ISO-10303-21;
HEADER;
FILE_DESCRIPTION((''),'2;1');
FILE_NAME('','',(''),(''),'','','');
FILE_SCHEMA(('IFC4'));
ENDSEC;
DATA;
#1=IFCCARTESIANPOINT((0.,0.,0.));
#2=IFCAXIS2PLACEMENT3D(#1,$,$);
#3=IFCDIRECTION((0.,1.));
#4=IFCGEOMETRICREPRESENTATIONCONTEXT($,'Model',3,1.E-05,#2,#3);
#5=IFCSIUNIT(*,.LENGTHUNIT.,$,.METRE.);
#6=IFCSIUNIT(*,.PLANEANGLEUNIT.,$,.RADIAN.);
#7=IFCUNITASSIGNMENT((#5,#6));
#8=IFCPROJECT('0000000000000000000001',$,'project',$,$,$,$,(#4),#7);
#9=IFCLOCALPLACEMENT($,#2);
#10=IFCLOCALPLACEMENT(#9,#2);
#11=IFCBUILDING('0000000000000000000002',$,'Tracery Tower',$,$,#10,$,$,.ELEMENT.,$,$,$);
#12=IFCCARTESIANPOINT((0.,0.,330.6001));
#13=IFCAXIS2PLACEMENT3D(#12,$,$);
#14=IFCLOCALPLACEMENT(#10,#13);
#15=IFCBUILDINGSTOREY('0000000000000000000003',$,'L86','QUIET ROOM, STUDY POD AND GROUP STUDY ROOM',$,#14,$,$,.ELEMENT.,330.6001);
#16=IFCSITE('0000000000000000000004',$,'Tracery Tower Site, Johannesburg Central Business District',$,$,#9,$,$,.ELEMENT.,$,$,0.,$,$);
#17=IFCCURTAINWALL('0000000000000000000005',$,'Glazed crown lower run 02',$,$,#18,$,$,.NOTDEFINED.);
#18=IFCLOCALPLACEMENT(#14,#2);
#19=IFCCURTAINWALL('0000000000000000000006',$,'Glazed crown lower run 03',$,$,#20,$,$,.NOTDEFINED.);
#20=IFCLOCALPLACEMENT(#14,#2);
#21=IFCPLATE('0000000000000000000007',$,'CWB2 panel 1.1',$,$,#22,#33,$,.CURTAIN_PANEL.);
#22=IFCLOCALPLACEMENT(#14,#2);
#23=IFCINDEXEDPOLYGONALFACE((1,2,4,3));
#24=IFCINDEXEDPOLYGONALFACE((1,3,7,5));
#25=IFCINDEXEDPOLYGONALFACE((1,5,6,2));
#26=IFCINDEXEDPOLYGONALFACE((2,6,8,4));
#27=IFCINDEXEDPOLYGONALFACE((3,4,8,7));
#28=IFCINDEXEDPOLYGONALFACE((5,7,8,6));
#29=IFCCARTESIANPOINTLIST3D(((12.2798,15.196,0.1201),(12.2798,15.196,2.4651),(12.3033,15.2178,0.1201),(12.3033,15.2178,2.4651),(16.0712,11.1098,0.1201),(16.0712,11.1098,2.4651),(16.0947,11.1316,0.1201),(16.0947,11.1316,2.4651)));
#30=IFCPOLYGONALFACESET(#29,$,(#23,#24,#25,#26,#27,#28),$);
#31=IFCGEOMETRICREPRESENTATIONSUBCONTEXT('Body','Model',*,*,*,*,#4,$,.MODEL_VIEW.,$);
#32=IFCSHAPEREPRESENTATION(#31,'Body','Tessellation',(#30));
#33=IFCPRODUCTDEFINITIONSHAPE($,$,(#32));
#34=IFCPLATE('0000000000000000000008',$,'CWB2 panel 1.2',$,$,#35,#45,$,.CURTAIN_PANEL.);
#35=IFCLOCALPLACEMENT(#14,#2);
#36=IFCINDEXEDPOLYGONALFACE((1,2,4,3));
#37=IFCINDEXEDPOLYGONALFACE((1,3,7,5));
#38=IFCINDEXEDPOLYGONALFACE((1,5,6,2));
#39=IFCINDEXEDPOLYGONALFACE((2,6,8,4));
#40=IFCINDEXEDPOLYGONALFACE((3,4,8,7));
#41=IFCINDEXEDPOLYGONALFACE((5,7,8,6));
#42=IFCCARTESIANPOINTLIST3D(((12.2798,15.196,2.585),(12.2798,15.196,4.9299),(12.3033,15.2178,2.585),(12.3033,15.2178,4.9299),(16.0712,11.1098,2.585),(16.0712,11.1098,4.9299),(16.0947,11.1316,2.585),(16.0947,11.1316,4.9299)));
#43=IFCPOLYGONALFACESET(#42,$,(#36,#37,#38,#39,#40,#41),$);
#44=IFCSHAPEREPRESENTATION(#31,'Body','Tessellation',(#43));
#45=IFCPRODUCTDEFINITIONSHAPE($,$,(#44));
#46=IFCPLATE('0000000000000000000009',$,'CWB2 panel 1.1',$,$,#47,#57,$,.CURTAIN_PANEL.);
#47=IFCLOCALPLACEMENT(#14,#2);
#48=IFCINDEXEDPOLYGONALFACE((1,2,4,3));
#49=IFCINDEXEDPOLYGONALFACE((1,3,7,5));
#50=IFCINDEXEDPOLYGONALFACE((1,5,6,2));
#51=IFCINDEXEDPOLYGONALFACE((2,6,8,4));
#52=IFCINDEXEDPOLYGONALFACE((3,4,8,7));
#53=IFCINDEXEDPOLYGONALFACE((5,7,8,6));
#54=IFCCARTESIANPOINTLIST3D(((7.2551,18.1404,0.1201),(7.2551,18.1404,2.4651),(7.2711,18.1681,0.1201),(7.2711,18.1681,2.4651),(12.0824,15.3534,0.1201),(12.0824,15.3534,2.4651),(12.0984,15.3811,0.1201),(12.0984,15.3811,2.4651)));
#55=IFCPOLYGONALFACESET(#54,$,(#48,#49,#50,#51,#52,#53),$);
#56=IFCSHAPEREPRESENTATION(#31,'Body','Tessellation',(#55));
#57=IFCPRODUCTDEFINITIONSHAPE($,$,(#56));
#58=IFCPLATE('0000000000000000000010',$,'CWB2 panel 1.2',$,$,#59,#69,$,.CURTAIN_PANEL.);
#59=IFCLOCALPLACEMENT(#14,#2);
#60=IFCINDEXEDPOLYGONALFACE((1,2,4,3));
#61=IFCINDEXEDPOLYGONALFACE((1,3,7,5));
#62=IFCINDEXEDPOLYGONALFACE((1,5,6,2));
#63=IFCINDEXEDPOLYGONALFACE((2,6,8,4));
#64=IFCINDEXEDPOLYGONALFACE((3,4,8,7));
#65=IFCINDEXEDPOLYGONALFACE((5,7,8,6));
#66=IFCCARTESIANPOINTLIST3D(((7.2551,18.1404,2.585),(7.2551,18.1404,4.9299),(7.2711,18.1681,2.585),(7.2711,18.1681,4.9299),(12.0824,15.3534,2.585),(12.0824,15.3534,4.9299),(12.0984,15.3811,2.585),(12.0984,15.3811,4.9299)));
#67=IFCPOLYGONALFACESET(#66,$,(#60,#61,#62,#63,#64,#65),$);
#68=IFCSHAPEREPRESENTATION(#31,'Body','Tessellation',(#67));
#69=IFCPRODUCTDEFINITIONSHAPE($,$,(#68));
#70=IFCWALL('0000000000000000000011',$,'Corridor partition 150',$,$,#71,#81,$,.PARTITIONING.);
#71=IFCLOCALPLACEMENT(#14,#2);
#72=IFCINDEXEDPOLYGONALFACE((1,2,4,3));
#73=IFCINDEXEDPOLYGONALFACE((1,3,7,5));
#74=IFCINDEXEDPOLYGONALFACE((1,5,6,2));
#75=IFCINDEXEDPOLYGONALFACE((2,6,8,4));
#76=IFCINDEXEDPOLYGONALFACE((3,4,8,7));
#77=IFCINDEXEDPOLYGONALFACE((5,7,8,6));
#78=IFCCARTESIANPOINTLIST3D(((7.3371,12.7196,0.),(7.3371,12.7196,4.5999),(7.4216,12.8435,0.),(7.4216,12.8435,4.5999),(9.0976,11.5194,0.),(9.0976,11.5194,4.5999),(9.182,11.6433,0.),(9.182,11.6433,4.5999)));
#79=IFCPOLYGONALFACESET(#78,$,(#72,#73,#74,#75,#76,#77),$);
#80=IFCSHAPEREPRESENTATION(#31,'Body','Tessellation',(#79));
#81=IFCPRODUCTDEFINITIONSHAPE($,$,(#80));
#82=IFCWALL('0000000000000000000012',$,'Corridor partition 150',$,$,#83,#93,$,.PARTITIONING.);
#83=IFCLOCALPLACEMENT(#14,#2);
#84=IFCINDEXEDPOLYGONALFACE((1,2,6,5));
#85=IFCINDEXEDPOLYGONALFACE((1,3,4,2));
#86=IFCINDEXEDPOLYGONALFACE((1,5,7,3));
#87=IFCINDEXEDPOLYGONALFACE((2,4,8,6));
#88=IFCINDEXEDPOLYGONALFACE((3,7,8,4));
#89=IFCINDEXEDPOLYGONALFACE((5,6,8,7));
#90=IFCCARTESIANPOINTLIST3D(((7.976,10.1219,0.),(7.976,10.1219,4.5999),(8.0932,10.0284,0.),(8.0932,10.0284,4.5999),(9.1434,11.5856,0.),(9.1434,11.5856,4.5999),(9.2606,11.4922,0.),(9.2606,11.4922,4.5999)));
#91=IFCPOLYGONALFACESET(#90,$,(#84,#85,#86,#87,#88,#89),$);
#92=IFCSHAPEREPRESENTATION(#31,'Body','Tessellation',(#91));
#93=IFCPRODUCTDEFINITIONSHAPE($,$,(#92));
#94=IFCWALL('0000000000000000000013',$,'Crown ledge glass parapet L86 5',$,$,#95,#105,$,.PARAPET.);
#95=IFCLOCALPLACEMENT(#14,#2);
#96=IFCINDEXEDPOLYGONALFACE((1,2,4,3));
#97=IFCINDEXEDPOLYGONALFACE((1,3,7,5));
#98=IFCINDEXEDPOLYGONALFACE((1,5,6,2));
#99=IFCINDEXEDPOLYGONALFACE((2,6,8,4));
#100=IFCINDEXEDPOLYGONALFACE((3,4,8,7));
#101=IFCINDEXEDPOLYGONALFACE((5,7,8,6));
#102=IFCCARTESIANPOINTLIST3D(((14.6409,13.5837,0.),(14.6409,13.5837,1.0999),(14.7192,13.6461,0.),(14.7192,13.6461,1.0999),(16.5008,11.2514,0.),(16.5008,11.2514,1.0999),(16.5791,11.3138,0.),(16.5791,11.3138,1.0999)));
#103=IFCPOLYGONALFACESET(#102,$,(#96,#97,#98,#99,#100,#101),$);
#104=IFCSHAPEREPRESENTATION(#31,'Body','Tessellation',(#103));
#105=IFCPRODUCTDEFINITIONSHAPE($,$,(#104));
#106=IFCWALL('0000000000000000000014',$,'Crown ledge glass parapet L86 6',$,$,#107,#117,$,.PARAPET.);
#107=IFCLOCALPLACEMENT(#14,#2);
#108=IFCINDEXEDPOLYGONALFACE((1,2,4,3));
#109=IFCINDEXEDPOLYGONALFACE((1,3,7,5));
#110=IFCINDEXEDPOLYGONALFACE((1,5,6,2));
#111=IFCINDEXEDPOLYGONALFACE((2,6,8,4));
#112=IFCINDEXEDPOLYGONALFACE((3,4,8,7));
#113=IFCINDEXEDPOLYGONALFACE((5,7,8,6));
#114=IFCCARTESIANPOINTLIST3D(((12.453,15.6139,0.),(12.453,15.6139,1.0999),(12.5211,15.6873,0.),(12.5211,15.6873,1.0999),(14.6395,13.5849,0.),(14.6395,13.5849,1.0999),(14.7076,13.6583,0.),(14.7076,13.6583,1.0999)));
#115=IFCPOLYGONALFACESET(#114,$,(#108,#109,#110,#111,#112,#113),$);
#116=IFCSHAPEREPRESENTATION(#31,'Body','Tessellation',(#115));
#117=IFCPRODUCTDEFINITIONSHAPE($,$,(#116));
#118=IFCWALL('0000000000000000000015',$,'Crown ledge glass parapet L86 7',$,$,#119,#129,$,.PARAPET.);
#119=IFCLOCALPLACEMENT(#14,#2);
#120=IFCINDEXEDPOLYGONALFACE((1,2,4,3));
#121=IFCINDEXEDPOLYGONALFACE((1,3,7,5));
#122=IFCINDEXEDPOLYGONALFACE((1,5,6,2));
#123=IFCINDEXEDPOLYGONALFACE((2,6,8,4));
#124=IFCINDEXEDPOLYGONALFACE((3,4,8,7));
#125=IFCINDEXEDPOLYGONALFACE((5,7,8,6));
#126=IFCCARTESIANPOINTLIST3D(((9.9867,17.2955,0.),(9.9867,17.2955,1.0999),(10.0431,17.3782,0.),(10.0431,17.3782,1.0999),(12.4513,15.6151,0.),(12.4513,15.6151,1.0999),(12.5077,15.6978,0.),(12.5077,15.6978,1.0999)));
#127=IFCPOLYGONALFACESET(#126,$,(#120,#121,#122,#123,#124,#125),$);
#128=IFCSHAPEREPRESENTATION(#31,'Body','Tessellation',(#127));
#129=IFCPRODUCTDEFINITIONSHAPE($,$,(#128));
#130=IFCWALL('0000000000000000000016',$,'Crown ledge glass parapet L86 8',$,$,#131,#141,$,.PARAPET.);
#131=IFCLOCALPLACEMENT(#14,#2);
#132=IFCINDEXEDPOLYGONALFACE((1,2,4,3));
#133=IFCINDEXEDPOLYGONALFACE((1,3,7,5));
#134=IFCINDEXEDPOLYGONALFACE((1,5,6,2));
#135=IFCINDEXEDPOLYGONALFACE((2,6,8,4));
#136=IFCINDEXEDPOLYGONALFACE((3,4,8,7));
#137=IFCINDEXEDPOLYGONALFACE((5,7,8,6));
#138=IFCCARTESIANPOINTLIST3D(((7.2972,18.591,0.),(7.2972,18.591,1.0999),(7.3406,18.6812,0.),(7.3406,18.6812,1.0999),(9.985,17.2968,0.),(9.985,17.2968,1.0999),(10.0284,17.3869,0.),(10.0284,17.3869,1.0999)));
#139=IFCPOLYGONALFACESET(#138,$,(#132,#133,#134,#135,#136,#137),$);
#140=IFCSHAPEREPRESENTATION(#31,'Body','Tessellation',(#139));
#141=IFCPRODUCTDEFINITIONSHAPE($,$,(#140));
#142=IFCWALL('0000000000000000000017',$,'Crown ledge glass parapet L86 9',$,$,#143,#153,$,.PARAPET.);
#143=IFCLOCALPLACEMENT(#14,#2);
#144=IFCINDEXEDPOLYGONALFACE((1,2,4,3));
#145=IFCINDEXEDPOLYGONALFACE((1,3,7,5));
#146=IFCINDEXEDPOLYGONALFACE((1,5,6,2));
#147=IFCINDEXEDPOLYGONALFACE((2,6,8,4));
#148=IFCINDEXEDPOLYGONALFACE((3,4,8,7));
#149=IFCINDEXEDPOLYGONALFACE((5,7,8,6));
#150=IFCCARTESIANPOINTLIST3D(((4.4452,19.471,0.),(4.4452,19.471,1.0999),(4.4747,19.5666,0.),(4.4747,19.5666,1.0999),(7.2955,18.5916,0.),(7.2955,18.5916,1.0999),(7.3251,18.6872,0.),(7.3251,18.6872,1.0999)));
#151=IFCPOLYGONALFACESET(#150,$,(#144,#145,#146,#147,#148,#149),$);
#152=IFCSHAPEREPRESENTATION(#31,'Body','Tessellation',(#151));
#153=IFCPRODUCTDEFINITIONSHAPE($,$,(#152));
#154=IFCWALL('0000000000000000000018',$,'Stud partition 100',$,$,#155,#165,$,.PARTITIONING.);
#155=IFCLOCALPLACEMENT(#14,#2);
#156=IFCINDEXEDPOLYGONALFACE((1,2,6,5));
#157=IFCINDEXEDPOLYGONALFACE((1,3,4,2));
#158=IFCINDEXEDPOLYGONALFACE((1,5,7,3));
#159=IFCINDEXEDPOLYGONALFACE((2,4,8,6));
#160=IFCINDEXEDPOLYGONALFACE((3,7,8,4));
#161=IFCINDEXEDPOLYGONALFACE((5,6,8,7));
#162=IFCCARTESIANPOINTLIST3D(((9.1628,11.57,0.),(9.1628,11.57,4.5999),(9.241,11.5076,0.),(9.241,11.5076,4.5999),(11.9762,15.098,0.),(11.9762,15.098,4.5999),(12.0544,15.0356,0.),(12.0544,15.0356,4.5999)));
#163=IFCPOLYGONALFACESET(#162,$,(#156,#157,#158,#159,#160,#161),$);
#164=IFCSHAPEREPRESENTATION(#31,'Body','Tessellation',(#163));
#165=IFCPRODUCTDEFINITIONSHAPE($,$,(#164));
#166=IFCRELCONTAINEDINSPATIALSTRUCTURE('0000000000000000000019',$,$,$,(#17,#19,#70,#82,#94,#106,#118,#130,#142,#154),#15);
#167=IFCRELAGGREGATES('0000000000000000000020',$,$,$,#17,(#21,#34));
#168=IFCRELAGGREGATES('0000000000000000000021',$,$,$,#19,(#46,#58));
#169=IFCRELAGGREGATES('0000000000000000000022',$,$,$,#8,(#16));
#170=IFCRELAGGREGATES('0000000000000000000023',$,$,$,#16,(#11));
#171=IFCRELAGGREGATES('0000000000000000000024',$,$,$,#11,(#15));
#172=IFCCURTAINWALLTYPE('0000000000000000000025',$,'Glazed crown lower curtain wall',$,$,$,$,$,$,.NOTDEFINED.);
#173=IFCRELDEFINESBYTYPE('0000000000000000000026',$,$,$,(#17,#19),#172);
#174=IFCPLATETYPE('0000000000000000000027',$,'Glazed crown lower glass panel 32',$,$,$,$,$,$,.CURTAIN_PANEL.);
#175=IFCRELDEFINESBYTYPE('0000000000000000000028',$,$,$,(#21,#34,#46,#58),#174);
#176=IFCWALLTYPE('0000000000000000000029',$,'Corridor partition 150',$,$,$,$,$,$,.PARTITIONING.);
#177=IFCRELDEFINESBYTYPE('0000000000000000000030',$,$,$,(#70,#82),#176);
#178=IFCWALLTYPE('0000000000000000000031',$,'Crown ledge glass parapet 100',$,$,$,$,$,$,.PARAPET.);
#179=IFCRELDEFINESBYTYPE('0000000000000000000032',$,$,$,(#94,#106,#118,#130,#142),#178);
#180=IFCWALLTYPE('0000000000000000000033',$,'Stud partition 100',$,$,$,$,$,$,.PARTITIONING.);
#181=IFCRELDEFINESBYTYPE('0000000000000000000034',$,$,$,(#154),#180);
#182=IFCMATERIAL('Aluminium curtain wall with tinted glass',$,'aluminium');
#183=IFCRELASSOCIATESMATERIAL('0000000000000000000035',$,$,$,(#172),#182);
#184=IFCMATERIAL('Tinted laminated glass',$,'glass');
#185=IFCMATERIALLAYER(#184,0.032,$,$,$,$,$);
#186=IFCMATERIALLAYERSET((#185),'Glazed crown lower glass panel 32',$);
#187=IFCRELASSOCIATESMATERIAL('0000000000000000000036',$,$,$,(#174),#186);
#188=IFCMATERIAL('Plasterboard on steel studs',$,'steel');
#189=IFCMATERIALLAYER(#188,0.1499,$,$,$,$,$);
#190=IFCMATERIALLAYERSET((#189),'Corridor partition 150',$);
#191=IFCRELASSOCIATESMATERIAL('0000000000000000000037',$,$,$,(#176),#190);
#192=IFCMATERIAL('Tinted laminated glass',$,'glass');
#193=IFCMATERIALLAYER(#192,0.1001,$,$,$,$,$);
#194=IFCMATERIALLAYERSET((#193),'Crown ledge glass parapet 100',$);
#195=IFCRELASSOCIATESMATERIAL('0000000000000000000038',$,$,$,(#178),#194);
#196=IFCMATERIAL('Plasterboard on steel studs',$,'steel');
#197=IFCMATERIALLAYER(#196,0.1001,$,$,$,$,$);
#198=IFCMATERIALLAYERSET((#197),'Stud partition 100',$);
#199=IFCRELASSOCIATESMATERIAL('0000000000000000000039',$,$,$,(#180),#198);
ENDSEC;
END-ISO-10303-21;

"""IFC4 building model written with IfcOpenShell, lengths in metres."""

from ifc_helpers import new_model, si_unit, direction, frame, frame_2d, origin, origin_2d, place, context, subcontext, project, spatial, rectangle, extrude, material, layer, layer_set, type_object, element, aggregate, save


model = new_model("IFC4")

# Units and contexts
model_context = context("Model", 3, precision=1e-05, world=origin(), true_north=direction((0.0, 1.0)))
body_context = subcontext(model_context, "Body", "Model", "MODEL_VIEW")
ifc_project = project(units=[si_unit("LENGTHUNIT", "METRE"), si_unit("PLANEANGLEUNIT", "RADIAN")], contexts=[model_context])

# Site, building, storey
site_placement = place(None, origin())
site = spatial("IfcSite", under=ifc_project, at=site_placement, Name="Tracery Tower Site, Johannesburg Central Business District", CompositionType="ELEMENT", RefElevation=0.0)
building_placement = place(site_placement, origin())
building = spatial("IfcBuilding", under=site, at=building_placement, Name="Tracery Tower", CompositionType="ELEMENT")
storey_placement = place(building_placement, frame((0.0, 0.0, 330.6001)))
storey = spatial("IfcBuildingStorey", under=building, at=storey_placement, Name="L86", Description="QUIET ROOM, STUDY POD AND GROUP STUDY ROOM", CompositionType="ELEMENT", Elevation=330.6001)

# Curtain wall
ifc_material_1 = material(Name="Aluminium curtain wall with tinted glass", Category="aluminium")
curtain_wall_type = type_object("IfcCurtainWallType", Name="Glazed crown lower curtain wall", PredefinedType="NOTDEFINED", material=ifc_material_1)
curtain_wall_1_placement = place(storey_placement, origin())
curtain_wall_1 = element("IfcCurtainWall", 1, at=curtain_wall_1_placement, inside=storey, type_object=curtain_wall_type, Name="Glazed crown lower run 02", PredefinedType="NOTDEFINED")

# Curtain wall
curtain_wall_2_placement = place(storey_placement, origin())
curtain_wall_2 = element("IfcCurtainWall", 2, at=curtain_wall_2_placement, inside=storey, type_object=curtain_wall_type, Name="Glazed crown lower run 03", PredefinedType="NOTDEFINED")

# Plates
ifc_material_2 = material(Name="Tinted laminated glass", Category="glass")
ifc_layer_1 = layer(ifc_material_2, 0.032)
ifc_layer_set_1 = layer_set([ifc_layer_1], Name="Glazed crown lower glass panel 32")
plate_type = type_object("IfcPlateType", Name="Glazed crown lower glass panel 32", PredefinedType="CURTAIN_PANEL", material=ifc_layer_set_1)
plate_1_placement = place(storey_placement, frame((14.1873, 13.1638, 0.1201), z_axis=(0.0, 0.0, 1.0), x_axis=(-0.68017, 0.733054, 0.0)))
plate_1 = element("IfcPlate", 3, at=plate_1_placement, type_object=plate_type, Name="CWB2 panel 1.1", PredefinedType="CURTAIN_PANEL", context=body_context, shape_type="SweptSolid", body=[
    extrude(rectangle(XDim=5.5742, YDim=0.032, at=origin_2d()), origin(), (0.0, 0.0, 1.0), 2.345),
])
plate_2_placement = place(storey_placement, frame((14.1873, 13.1638, 2.585), z_axis=(0.0, 0.0, 1.0), x_axis=(-0.68017, 0.733054, 0.0)))
plate_2 = element("IfcPlate", 4, at=plate_2_placement, type_object=plate_type, Name="CWB2 panel 1.2", PredefinedType="CURTAIN_PANEL", context=body_context, shape_type="SweptSolid", body=[
    extrude(rectangle(XDim=5.5742, YDim=0.032, at=origin_2d()), origin(), (0.0, 0.0, 1.0), 2.345),
])
aggregate(curtain_wall_1, [plate_1, plate_2])
plate_3_placement = place(storey_placement, frame((9.6768, 16.7607, 0.1201), z_axis=(0.0, 0.0, 1.0), x_axis=(-0.866029, 0.499993, 0.0)))
plate_3 = element("IfcPlate", 5, at=plate_3_placement, type_object=plate_type, Name="CWB2 panel 1.1", PredefinedType="CURTAIN_PANEL", context=body_context, shape_type="SweptSolid", body=[
    extrude(rectangle(XDim=5.574, YDim=0.032, at=origin_2d()), origin(), (0.0, 0.0, 1.0), 2.345),
])
plate_4_placement = place(storey_placement, frame((9.6768, 16.7607, 2.585), z_axis=(0.0, 0.0, 1.0), x_axis=(-0.866029, 0.499993, 0.0)))
plate_4 = element("IfcPlate", 6, at=plate_4_placement, type_object=plate_type, Name="CWB2 panel 1.2", PredefinedType="CURTAIN_PANEL", context=body_context, shape_type="SweptSolid", body=[
    extrude(rectangle(XDim=5.574, YDim=0.032, at=origin_2d()), origin(), (0.0, 0.0, 1.0), 2.345),
])
aggregate(curtain_wall_2, [plate_3, plate_4])

# Walls
ifc_material_3 = material(Name="Plasterboard on steel studs", Category="steel")
ifc_layer_2 = layer(ifc_material_3, 0.1499)
ifc_layer_set_2 = layer_set([ifc_layer_2], Name="Corridor partition 150")
wall_type_1 = type_object("IfcWallType", Name="Corridor partition 150", PredefinedType="PARTITIONING", material=ifc_layer_set_2)
wall_1_placement = place(storey_placement, frame((9.1399, 11.5813, 0.0), z_axis=(0.0, 0.0, 1.0), x_axis=(-0.826259, 0.563291, 0.0)))
element("IfcWall", 7, at=wall_1_placement, inside=storey, type_object=wall_type_1, Name="Corridor partition 150", PredefinedType="PARTITIONING", context=body_context, shape_type="SweptSolid", body=[
    extrude(rectangle(XDim=2.1306, YDim=0.1499, at=frame_2d((1.0654, 0.0))), origin(), (0.0, 0.0, 1.0), 4.5999),
])
wall_2_placement = place(storey_placement, frame((9.2019, 11.5388, 0.0), z_axis=(0.0, 0.0, 1.0), x_axis=(-0.623518, -0.781809, 0.0)))
element("IfcWall", 8, at=wall_2_placement, inside=storey, type_object=wall_type_1, Name="Corridor partition 150", PredefinedType="PARTITIONING", context=body_context, shape_type="SweptSolid", body=[
    extrude(rectangle(XDim=1.8723, YDim=0.1499, at=frame_2d((0.936, 0.0))), origin(), (0.0, 0.0, 1.0), 4.5999),
])
ifc_material_4 = material(Name="Tinted laminated glass", Category="glass")
ifc_layer_3 = layer(ifc_material_4, 0.1001)
ifc_layer_set_3 = layer_set([ifc_layer_3], Name="Crown ledge glass parapet 100")
wall_type_2 = type_object("IfcWallType", Name="Crown ledge glass parapet 100", PredefinedType="PARAPET", material=ifc_layer_set_3)
wall_3_placement = place(storey_placement, frame((16.54, 11.2825, 0.0), z_axis=(0.0, 0.0, 1.0), x_axis=(-0.623477, 0.781842, 0.0)))
element("IfcWall", 9, at=wall_3_placement, inside=storey, type_object=wall_type_2, Name="Crown ledge glass parapet L86 5", PredefinedType="PARAPET", context=body_context, shape_type="SweptSolid", body=[
    extrude(rectangle(XDim=2.9832, YDim=0.1001, at=frame_2d((1.4917, 0.0))), origin(), (0.0, 0.0, 1.0), 1.0999),
])
for number, where, z_axis, x_axis, name in (
    (10, (14.6736, 13.6216, 0.0), (0.0, 0.0, 1.0), (-0.733009, 0.680219, 0.0), "Crown ledge glass parapet L86 6"),
    (11, (12.4795, 15.6565, 0.0), (0.0, 0.0, 1.0), (-0.826226, 0.563339, 0.0), "Crown ledge glass parapet L86 7"),
):
    element("IfcWall", number, at=place(storey_placement, frame(where, z_axis=z_axis, x_axis=x_axis)), inside=storey, type_object=wall_type_2, Name=name, PredefinedType="PARAPET", context=body_context, shape_type="SweptSolid", body=[
        extrude(rectangle(XDim=2.9829, YDim=0.1001, at=frame_2d((1.4915, 0.0))), origin(), (0.0, 0.0, 1.0), 1.0999),
    ])
wall_4_placement = place(storey_placement, frame((10.0068, 17.3418, 0.0), z_axis=(0.0, 0.0, 1.0), x_axis=(-0.90099, 0.43384, 0.0)))
element("IfcWall", 12, at=wall_4_placement, inside=storey, type_object=wall_type_2, Name="Crown ledge glass parapet L86 8", PredefinedType="PARAPET", context=body_context, shape_type="SweptSolid", body=[
    extrude(rectangle(XDim=2.9832, YDim=0.1001, at=frame_2d((1.4917, 0.0))), origin(), (0.0, 0.0, 1.0), 1.0999),
])
wall_5_placement = place(storey_placement, frame((7.3103, 18.6394, 0.0), z_axis=(0.0, 0.0, 1.0), x_axis=(-0.955556, 0.29481, 0.0)))
element("IfcWall", 13, at=wall_5_placement, inside=storey, type_object=wall_type_2, Name="Crown ledge glass parapet L86 9", PredefinedType="PARAPET", context=body_context, shape_type="SweptSolid", body=[
    extrude(rectangle(XDim=2.9829, YDim=0.1001, at=frame_2d((1.4915, 0.0))), origin(), (0.0, 0.0, 1.0), 1.0999),
])
ifc_material_5 = material(Name="Plasterboard on steel studs", Category="steel")
ifc_layer_4 = layer(ifc_material_5, 0.1001)
ifc_layer_set_4 = layer_set([ifc_layer_4], Name="Stud partition 100")
wall_type_3 = type_object("IfcWallType", Name="Stud partition 100", PredefinedType="PARTITIONING", material=ifc_layer_set_4)
wall_6_placement = place(storey_placement, frame((12.0154, 15.0669, 0.0), z_axis=(0.0, 0.0, 1.0), x_axis=(-0.62348, -0.781839, 0.0)))
element("IfcWall", 14, at=wall_6_placement, inside=storey, type_object=wall_type_3, Name="Stud partition 100", PredefinedType="PARTITIONING", context=body_context, shape_type="SweptSolid", body=[
    extrude(rectangle(XDim=4.5125, YDim=0.1001, at=frame_2d((2.2563, 0.0))), origin(), (0.0, 0.0, 1.0), 4.5999),
])

save(model, "model.ifc")
